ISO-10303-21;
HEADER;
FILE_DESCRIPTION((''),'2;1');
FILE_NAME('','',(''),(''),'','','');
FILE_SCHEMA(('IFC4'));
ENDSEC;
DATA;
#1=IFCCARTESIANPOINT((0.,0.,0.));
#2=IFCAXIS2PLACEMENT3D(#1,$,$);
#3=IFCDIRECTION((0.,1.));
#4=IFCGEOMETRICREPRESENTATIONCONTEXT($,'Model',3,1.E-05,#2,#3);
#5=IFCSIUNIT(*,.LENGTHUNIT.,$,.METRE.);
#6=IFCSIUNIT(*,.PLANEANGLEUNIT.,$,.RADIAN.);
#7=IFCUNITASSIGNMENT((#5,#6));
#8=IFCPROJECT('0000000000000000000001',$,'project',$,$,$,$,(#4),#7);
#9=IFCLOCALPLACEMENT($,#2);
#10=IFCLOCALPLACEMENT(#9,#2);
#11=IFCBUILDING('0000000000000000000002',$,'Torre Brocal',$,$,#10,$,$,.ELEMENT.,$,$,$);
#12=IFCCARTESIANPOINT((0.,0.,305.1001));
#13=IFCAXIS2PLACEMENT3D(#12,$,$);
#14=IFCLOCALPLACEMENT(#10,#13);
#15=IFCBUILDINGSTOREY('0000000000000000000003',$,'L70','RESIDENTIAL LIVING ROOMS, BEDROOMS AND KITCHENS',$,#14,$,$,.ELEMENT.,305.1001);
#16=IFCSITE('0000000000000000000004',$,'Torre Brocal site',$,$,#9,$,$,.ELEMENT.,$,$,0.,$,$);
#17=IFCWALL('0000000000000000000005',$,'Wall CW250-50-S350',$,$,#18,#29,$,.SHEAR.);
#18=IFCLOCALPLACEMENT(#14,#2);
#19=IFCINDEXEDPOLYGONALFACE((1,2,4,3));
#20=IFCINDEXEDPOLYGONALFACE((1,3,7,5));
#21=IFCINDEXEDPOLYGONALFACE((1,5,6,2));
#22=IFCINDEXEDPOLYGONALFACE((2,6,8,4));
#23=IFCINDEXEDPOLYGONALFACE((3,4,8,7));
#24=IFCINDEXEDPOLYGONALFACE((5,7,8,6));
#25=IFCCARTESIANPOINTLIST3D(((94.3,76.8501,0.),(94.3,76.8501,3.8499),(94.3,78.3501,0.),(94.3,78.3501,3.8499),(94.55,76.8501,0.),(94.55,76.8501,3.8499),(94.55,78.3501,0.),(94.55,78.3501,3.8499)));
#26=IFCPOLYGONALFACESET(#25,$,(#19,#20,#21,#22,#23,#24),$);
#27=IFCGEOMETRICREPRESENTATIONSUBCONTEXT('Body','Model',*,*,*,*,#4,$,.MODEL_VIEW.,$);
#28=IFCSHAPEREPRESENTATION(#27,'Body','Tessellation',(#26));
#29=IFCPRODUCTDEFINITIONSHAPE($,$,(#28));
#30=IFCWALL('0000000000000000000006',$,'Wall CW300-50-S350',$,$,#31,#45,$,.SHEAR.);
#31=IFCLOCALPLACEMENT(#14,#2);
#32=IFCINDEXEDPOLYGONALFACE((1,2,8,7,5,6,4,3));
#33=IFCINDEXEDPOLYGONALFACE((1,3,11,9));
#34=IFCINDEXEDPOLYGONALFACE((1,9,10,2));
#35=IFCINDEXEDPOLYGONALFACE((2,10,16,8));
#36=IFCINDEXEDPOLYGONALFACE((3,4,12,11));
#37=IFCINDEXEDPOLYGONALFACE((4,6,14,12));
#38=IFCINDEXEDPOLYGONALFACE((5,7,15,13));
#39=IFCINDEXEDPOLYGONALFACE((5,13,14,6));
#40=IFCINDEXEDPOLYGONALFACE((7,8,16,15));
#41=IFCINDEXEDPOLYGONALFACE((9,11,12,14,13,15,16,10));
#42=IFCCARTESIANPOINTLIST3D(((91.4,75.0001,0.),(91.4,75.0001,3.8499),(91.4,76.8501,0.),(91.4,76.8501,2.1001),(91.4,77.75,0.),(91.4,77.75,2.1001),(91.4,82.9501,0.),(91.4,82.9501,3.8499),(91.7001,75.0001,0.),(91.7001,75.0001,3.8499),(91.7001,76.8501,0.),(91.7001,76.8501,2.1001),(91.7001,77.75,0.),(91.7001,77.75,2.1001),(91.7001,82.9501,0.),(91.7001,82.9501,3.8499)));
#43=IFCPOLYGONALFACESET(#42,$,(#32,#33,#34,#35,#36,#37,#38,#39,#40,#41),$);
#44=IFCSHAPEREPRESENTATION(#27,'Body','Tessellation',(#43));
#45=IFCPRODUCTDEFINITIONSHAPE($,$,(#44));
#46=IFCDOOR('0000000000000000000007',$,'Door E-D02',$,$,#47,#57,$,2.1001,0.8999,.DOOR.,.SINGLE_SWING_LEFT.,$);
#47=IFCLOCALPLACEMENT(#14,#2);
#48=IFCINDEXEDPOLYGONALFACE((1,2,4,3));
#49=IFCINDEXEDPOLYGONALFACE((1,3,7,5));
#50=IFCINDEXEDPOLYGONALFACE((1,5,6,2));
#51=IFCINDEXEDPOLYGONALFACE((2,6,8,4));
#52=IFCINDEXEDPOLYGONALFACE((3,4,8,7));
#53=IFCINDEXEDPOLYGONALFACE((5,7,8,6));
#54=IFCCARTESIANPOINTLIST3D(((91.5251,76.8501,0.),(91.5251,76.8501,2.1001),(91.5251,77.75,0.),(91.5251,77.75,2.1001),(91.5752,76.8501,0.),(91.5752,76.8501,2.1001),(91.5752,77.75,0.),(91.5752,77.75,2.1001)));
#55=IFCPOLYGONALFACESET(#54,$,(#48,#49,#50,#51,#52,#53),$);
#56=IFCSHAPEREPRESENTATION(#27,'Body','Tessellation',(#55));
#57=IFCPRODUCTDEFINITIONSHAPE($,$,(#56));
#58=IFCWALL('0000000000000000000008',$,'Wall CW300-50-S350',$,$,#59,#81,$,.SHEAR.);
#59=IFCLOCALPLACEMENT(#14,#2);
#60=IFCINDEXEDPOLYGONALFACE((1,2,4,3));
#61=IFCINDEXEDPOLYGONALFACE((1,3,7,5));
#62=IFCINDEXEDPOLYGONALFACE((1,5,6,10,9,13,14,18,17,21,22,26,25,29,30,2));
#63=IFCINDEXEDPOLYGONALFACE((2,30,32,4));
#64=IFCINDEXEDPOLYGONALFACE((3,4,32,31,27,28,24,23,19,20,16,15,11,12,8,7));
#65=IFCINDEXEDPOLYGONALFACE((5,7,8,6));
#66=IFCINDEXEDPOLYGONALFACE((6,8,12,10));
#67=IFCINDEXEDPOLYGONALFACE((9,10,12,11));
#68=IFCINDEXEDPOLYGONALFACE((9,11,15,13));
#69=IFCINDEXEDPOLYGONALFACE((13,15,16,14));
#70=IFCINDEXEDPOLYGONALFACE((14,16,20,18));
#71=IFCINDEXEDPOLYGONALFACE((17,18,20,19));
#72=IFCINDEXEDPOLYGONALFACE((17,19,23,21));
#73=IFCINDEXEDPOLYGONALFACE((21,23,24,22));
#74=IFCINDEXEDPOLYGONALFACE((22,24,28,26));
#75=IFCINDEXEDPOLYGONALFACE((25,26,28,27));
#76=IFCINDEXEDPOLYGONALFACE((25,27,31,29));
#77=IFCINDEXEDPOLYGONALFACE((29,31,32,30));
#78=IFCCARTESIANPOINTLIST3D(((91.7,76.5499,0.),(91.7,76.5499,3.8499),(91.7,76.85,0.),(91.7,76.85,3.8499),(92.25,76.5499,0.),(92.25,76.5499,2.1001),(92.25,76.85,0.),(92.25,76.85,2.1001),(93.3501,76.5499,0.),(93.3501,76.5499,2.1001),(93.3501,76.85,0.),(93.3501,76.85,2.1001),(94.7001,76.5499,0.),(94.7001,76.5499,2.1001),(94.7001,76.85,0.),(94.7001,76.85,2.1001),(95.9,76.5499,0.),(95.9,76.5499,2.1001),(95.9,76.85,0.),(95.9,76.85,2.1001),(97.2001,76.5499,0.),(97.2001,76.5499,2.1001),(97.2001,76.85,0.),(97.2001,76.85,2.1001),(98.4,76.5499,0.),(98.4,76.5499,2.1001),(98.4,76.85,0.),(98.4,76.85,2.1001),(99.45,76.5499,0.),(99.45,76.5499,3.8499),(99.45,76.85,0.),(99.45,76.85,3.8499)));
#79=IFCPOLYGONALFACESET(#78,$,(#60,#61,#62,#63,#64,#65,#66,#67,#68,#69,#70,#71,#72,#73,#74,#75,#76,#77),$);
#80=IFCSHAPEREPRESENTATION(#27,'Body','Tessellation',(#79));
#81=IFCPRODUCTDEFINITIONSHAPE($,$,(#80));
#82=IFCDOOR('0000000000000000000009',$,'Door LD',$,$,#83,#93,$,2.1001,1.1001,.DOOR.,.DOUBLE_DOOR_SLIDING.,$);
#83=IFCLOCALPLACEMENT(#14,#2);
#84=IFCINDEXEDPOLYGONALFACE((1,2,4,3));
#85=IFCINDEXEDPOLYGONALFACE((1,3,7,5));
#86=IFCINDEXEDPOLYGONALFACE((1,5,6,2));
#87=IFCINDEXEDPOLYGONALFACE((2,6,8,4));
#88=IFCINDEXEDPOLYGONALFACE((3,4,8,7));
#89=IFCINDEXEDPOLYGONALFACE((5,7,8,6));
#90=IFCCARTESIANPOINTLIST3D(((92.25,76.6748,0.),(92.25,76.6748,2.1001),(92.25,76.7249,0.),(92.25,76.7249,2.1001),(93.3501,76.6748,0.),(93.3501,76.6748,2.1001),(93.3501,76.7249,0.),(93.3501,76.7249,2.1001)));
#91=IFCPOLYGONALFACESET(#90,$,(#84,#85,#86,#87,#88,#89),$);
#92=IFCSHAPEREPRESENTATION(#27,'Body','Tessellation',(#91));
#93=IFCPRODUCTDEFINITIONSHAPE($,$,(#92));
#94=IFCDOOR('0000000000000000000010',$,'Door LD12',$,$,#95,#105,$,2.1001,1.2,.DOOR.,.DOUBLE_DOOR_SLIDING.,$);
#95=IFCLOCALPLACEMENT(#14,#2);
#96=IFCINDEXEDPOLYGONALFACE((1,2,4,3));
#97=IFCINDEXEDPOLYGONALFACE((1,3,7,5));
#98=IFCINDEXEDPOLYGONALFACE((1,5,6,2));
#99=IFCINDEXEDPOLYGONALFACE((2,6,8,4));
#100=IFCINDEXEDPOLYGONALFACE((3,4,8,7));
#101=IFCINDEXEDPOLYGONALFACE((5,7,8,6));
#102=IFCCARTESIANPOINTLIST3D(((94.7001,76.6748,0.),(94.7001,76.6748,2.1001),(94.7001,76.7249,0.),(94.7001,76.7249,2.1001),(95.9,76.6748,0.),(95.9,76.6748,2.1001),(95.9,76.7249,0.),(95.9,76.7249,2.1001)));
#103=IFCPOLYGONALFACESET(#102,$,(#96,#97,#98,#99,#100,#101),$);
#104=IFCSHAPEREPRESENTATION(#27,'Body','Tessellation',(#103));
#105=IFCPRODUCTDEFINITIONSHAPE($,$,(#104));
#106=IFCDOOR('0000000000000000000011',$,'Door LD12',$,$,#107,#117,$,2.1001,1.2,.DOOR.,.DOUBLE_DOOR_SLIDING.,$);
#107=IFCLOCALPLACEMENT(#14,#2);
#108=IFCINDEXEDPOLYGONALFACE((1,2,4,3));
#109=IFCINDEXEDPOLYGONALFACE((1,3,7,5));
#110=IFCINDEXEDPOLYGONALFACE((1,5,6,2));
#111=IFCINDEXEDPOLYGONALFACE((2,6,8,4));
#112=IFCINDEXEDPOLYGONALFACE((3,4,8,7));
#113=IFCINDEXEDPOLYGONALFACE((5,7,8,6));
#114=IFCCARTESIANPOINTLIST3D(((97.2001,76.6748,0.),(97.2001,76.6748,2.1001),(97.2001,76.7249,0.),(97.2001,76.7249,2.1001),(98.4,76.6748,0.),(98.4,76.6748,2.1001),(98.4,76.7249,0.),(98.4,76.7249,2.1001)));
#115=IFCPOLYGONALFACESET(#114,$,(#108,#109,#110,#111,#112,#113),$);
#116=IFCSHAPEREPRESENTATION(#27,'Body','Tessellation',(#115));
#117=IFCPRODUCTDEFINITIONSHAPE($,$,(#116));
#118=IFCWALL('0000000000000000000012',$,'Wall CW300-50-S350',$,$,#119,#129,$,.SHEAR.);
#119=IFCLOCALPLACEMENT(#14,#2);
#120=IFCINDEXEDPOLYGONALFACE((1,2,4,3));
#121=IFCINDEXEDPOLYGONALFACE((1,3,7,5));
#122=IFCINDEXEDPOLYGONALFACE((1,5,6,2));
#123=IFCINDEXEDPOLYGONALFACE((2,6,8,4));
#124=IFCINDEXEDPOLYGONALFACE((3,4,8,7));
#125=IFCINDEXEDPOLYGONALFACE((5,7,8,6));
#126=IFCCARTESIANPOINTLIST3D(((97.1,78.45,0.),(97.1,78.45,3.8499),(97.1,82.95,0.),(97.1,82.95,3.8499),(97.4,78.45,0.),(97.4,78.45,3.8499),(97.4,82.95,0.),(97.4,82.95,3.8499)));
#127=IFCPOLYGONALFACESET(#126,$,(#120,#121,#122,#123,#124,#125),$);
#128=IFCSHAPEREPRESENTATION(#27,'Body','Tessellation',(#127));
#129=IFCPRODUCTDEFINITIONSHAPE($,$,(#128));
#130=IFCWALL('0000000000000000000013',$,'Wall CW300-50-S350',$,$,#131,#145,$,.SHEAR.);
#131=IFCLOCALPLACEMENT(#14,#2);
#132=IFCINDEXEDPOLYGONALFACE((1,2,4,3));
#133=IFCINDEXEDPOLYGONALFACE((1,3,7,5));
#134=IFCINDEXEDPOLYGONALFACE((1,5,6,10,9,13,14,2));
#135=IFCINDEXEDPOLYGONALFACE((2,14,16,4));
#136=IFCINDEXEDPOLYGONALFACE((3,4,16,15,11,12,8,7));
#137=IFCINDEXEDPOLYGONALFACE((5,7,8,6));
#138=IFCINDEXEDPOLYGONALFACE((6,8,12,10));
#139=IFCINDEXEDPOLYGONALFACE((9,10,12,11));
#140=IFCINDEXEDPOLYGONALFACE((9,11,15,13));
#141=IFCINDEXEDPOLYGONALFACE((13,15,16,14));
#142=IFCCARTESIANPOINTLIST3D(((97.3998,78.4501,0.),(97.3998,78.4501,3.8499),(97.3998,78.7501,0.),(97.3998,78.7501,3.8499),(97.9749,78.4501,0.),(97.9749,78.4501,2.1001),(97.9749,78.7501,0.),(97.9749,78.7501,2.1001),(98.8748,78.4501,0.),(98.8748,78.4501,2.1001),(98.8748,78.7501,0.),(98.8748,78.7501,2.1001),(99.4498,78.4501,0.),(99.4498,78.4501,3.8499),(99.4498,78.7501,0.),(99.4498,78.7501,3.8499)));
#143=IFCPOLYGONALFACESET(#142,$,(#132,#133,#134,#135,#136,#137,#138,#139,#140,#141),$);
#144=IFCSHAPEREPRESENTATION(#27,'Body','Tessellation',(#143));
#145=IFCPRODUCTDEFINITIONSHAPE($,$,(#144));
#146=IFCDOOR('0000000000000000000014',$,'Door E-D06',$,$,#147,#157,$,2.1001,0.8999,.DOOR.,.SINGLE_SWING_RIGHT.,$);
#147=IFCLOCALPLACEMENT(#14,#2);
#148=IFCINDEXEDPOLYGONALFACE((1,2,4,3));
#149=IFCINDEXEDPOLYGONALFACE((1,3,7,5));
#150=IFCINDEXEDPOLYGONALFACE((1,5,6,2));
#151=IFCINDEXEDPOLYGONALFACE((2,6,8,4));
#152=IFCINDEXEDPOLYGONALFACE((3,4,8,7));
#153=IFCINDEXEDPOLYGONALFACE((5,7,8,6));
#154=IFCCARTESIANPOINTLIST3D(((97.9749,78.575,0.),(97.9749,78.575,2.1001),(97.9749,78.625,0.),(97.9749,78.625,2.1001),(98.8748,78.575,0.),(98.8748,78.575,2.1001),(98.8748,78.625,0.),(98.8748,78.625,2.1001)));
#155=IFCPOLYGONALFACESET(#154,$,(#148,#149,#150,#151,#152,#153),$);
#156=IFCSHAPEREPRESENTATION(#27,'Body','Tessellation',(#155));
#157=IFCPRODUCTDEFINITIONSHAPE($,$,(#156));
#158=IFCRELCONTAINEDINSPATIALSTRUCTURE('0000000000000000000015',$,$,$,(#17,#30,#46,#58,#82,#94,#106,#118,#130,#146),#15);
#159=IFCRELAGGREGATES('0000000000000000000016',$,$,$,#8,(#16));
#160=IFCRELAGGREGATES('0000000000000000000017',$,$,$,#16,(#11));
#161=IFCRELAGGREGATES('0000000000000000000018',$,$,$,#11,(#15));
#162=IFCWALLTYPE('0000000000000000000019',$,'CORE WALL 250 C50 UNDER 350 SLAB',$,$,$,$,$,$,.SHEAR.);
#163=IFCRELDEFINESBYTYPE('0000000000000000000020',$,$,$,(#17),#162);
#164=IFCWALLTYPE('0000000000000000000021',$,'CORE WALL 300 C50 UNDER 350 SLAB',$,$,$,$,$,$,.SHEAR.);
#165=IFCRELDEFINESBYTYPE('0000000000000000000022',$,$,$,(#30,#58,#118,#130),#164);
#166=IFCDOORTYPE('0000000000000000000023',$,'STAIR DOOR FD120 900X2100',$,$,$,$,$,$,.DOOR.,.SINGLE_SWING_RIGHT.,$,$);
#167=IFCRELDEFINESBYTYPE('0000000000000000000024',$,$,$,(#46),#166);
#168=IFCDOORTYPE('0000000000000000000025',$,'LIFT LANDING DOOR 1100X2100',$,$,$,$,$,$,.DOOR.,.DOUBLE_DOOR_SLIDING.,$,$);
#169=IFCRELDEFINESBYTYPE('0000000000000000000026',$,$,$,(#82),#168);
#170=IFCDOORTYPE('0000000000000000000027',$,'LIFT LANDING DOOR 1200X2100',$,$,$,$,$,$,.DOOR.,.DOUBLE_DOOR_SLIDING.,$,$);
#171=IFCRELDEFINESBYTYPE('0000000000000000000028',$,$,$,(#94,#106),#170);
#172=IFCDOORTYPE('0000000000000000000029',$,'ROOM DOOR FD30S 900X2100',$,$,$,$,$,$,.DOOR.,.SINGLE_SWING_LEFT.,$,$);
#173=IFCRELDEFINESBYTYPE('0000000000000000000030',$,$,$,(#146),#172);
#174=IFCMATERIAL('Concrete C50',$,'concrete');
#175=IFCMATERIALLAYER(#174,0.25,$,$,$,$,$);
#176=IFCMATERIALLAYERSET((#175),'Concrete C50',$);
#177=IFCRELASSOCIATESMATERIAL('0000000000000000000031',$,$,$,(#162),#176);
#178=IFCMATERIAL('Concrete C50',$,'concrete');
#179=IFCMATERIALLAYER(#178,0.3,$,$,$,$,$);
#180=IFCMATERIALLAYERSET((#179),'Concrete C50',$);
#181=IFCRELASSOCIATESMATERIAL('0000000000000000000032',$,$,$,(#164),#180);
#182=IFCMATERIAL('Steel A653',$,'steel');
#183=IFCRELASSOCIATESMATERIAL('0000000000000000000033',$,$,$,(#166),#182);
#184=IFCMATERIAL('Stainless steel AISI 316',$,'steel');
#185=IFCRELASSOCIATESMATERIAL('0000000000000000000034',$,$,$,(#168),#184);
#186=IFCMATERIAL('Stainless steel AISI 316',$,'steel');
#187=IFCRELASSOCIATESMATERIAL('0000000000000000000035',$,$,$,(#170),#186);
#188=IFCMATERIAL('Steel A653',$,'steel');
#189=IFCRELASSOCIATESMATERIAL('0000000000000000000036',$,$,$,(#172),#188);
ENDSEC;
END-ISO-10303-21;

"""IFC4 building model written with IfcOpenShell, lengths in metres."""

from ifc_helpers import new_model, si_unit, direction, frame, frame_2d, origin, place, context, subcontext, project, spatial, rectangle, extrude, material, layer, layer_set, type_object, element, fill, save


model = new_model("IFC4")

# Units and contexts
model_context = context("Model", 3, precision=1e-05, world=origin(), true_north=direction((0.0, 1.0)))
body_context = subcontext(model_context, "Body", "Model", "MODEL_VIEW")
ifc_project = project(units=[si_unit("LENGTHUNIT", "METRE"), si_unit("PLANEANGLEUNIT", "RADIAN")], contexts=[model_context])

# Site, building, storey
site_placement = place(None, origin())
site = spatial("IfcSite", under=ifc_project, at=site_placement, Name="Torre Brocal site", CompositionType="ELEMENT", RefElevation=0.0)
building_placement = place(site_placement, origin())
building = spatial("IfcBuilding", under=site, at=building_placement, Name="Torre Brocal", CompositionType="ELEMENT")
storey_placement = place(building_placement, frame((0.0, 0.0, 305.1001)))
storey = spatial("IfcBuildingStorey", under=building, at=storey_placement, Name="L70", Description="RESIDENTIAL LIVING ROOMS, BEDROOMS AND KITCHENS", CompositionType="ELEMENT", Elevation=305.1001)

# Shared definitions
ifc_material_1 = material(Name="Concrete C50", Category="concrete")
ifc_layer_1 = layer(ifc_material_1, 0.25)
ifc_layer_set_1 = layer_set([ifc_layer_1], Name="Concrete C50")
wall_type_1 = type_object("IfcWallType", Name="CORE WALL 250 C50 UNDER 350 SLAB", PredefinedType="SHEAR", material=ifc_layer_set_1)

# Wall
wall_1_placement = place(storey_placement, frame((94.425, 76.8501, 0.0), z_axis=(0.0, 0.0, 1.0), x_axis=(0.0, 1.0, 0.0)))
element("IfcWall", 1, at=wall_1_placement, inside=storey, type_object=wall_type_1, Name="Wall CW250-50-S350", PredefinedType="SHEAR", context=body_context, shape_type="SweptSolid", body=[
    extrude(rectangle(XDim=1.5, YDim=0.25, at=frame_2d((0.75, 0.0))), origin(), (0.0, 0.0, 1.0), 3.8499),
])

# Wall, opening, door
ifc_material_2 = material(Name="Concrete C50", Category="concrete")
ifc_layer_2 = layer(ifc_material_2, 0.3)
ifc_layer_set_2 = layer_set([ifc_layer_2], Name="Concrete C50")
wall_type_2 = type_object("IfcWallType", Name="CORE WALL 300 C50 UNDER 350 SLAB", PredefinedType="SHEAR", material=ifc_layer_set_2)
wall_2_placement = place(storey_placement, frame((91.55, 75.0, 0.0), z_axis=(0.0, 0.0, 1.0), x_axis=(0.0, 1.0, 0.0)))
wall_2 = element("IfcWall", 2, at=wall_2_placement, inside=storey, type_object=wall_type_2, Name="Wall CW300-50-S350", PredefinedType="SHEAR", context=body_context, shape_type="SweptSolid", body=[
    extrude(rectangle(XDim=7.95, YDim=0.3, at=frame_2d((3.9751, 0.0))), origin(), (0.0, 0.0, 1.0), 3.8499),
])
opening_1_placement = place(wall_2_placement, frame((1.8501, 0.0, 0.0)))
opening_1 = element("IfcOpeningElement", 3, at=opening_1_placement, cuts=wall_2, PredefinedType="OPENING", context=body_context, shape_type="SweptSolid", body=[
    extrude(rectangle(XDim=0.8999, YDim=2.1001, at=frame_2d((0.45, 1.05))), frame((0.0, 0.1599, 0.0), z_axis=(0.0, -1.0, 0.0), x_axis=(1.0, 0.0, 0.0)), (0.0, 0.0, 1.0), 0.3201),
])
ifc_material_3 = material(Name="Steel A653", Category="steel")
door_type_1 = type_object("IfcDoorType", Name="STAIR DOOR FD120 900X2100", OperationType="SINGLE_SWING_RIGHT", PredefinedType="DOOR", material=ifc_material_3)
door_1_placement = place(opening_1_placement, origin())
door_1 = element("IfcDoor", 4, at=door_1_placement, inside=storey, type_object=door_type_1, Name="Door E-D02", OperationType="SINGLE_SWING_LEFT", OverallHeight=2.1001, OverallWidth=0.8999, PredefinedType="DOOR", context=body_context, shape_type="SweptSolid", body=[
    extrude(rectangle(XDim=0.8999, YDim=2.1001, at=frame_2d((0.45, 1.05))), frame((0.0, 0.0249, 0.0), z_axis=(0.0, -1.0, 0.0), x_axis=(1.0, 0.0, 0.0)), (0.0, 0.0, 1.0), 0.05),
])
fill(opening_1, door_1)

# Wall, openings, doors
wall_3_placement = place(storey_placement, frame((91.7, 76.7, 0.0), z_axis=(0.0, 0.0, 1.0), x_axis=(1.0, 0.0, 0.0)))
wall_3 = element("IfcWall", 5, at=wall_3_placement, inside=storey, type_object=wall_type_2, Name="Wall CW300-50-S350", PredefinedType="SHEAR", context=body_context, shape_type="SweptSolid", body=[
    extrude(rectangle(XDim=7.75, YDim=0.3, at=frame_2d((3.875, 0.0))), origin(), (0.0, 0.0, 1.0), 3.8499),
])
opening_2_placement = place(wall_3_placement, frame((0.55, 0.0, 0.0)))
opening_2 = element("IfcOpeningElement", 6, at=opening_2_placement, cuts=wall_3, PredefinedType="OPENING", context=body_context, shape_type="SweptSolid", body=[
    extrude(rectangle(XDim=1.1001, YDim=2.1001, at=frame_2d((0.55, 1.05))), frame((0.0, 0.1599, 0.0), z_axis=(0.0, -1.0, 0.0), x_axis=(1.0, 0.0, 0.0)), (0.0, 0.0, 1.0), 0.3201),
])
opening_3_placement = place(wall_3_placement, frame((3.0, 0.0, 0.0)))
opening_3 = element("IfcOpeningElement", 7, at=opening_3_placement, cuts=wall_3, PredefinedType="OPENING", context=body_context, shape_type="SweptSolid", body=[
    extrude(rectangle(XDim=1.2, YDim=2.1001, at=frame_2d((0.6001, 1.05))), frame((0.0, 0.1599, 0.0), z_axis=(0.0, -1.0, 0.0), x_axis=(1.0, 0.0, 0.0)), (0.0, 0.0, 1.0), 0.3201),
])
opening_4_placement = place(wall_3_placement, frame((5.5, 0.0, 0.0)))
opening_4 = element("IfcOpeningElement", 8, at=opening_4_placement, cuts=wall_3, PredefinedType="OPENING", context=body_context, shape_type="SweptSolid", body=[
    extrude(rectangle(XDim=1.2, YDim=2.1001, at=frame_2d((0.6001, 1.05))), frame((0.0, 0.1599, 0.0), z_axis=(0.0, -1.0, 0.0), x_axis=(1.0, 0.0, 0.0)), (0.0, 0.0, 1.0), 0.3201),
])
ifc_material_4 = material(Name="Stainless steel AISI 316", Category="steel")
door_type_2 = type_object("IfcDoorType", Name="LIFT LANDING DOOR 1100X2100", OperationType="DOUBLE_DOOR_SLIDING", PredefinedType="DOOR", material=ifc_material_4)
door_2_placement = place(opening_2_placement, origin())
door_2 = element("IfcDoor", 9, at=door_2_placement, inside=storey, type_object=door_type_2, Name="Door LD", OperationType="DOUBLE_DOOR_SLIDING", OverallHeight=2.1001, OverallWidth=1.1001, PredefinedType="DOOR", context=body_context, shape_type="SweptSolid", body=[
    extrude(rectangle(XDim=1.1001, YDim=2.1001, at=frame_2d((0.55, 1.05))), frame((0.0, 0.0249, 0.0), z_axis=(0.0, -1.0, 0.0), x_axis=(1.0, 0.0, 0.0)), (0.0, 0.0, 1.0), 0.05),
])
fill(opening_2, door_2)
ifc_material_5 = material(Name="Stainless steel AISI 316", Category="steel")
door_type_3 = type_object("IfcDoorType", Name="LIFT LANDING DOOR 1200X2100", OperationType="DOUBLE_DOOR_SLIDING", PredefinedType="DOOR", material=ifc_material_5)
door_3_placement = place(opening_3_placement, origin())
door_3 = element("IfcDoor", 10, at=door_3_placement, inside=storey, type_object=door_type_3, Name="Door LD12", OperationType="DOUBLE_DOOR_SLIDING", OverallHeight=2.1001, OverallWidth=1.2, PredefinedType="DOOR", context=body_context, shape_type="SweptSolid", body=[
    extrude(rectangle(XDim=1.2, YDim=2.1001, at=frame_2d((0.6001, 1.05))), frame((0.0, 0.0249, 0.0), z_axis=(0.0, -1.0, 0.0), x_axis=(1.0, 0.0, 0.0)), (0.0, 0.0, 1.0), 0.05),
])
fill(opening_3, door_3)
door_4_placement = place(opening_4_placement, origin())
door_4 = element("IfcDoor", 11, at=door_4_placement, inside=storey, type_object=door_type_3, Name="Door LD12", OperationType="DOUBLE_DOOR_SLIDING", OverallHeight=2.1001, OverallWidth=1.2, PredefinedType="DOOR", context=body_context, shape_type="SweptSolid", body=[
    extrude(rectangle(XDim=1.2, YDim=2.1001, at=frame_2d((0.6001, 1.05))), frame((0.0, 0.0249, 0.0), z_axis=(0.0, -1.0, 0.0), x_axis=(1.0, 0.0, 0.0)), (0.0, 0.0, 1.0), 0.05),
])
fill(opening_4, door_4)

# Wall
wall_4_placement = place(storey_placement, frame((97.25, 78.45, 0.0), z_axis=(0.0, 0.0, 1.0), x_axis=(0.0, 1.0, 0.0)))
element("IfcWall", 12, at=wall_4_placement, inside=storey, type_object=wall_type_2, Name="Wall CW300-50-S350", PredefinedType="SHEAR", context=body_context, shape_type="SweptSolid", body=[
    extrude(rectangle(XDim=4.5, YDim=0.3, at=frame_2d((2.25, 0.0))), origin(), (0.0, 0.0, 1.0), 3.8499),
])

# Wall, opening, door
wall_5_placement = place(storey_placement, frame((97.3999, 78.6001, 0.0), z_axis=(0.0, 0.0, 1.0), x_axis=(1.0, 0.0, 0.0)))
wall_5 = element("IfcWall", 13, at=wall_5_placement, inside=storey, type_object=wall_type_2, Name="Wall CW300-50-S350", PredefinedType="SHEAR", context=body_context, shape_type="SweptSolid", body=[
    extrude(rectangle(XDim=2.05, YDim=0.3, at=frame_2d((1.0249, 0.0))), origin(), (0.0, 0.0, 1.0), 3.8499),
])
opening_5_placement = place(wall_5_placement, frame((0.575, 0.0, 0.0)))
opening_5 = element("IfcOpeningElement", 14, at=opening_5_placement, cuts=wall_5, PredefinedType="OPENING", context=body_context, shape_type="SweptSolid", body=[
    extrude(rectangle(XDim=0.8999, YDim=2.1001, at=frame_2d((0.45, 1.05))), frame((0.0, 0.1599, 0.0), z_axis=(0.0, -1.0, 0.0), x_axis=(1.0, 0.0, 0.0)), (0.0, 0.0, 1.0), 0.3201),
])
ifc_material_6 = material(Name="Steel A653", Category="steel")
door_type_4 = type_object("IfcDoorType", Name="ROOM DOOR FD30S 900X2100", OperationType="SINGLE_SWING_LEFT", PredefinedType="DOOR", material=ifc_material_6)
door_5_placement = place(opening_5_placement, origin())
door_5 = element("IfcDoor", 15, at=door_5_placement, inside=storey, type_object=door_type_4, Name="Door E-D06", OperationType="SINGLE_SWING_RIGHT", OverallHeight=2.1001, OverallWidth=0.8999, PredefinedType="DOOR", context=body_context, shape_type="SweptSolid", body=[
    extrude(rectangle(XDim=0.8999, YDim=2.1001, at=frame_2d((0.45, 1.05))), frame((0.0, 0.0249, 0.0), z_axis=(0.0, -1.0, 0.0), x_axis=(1.0, 0.0, 0.0)), (0.0, 0.0, 1.0), 0.05),
])
fill(opening_5, door_5)

save(model, "model.ifc")
